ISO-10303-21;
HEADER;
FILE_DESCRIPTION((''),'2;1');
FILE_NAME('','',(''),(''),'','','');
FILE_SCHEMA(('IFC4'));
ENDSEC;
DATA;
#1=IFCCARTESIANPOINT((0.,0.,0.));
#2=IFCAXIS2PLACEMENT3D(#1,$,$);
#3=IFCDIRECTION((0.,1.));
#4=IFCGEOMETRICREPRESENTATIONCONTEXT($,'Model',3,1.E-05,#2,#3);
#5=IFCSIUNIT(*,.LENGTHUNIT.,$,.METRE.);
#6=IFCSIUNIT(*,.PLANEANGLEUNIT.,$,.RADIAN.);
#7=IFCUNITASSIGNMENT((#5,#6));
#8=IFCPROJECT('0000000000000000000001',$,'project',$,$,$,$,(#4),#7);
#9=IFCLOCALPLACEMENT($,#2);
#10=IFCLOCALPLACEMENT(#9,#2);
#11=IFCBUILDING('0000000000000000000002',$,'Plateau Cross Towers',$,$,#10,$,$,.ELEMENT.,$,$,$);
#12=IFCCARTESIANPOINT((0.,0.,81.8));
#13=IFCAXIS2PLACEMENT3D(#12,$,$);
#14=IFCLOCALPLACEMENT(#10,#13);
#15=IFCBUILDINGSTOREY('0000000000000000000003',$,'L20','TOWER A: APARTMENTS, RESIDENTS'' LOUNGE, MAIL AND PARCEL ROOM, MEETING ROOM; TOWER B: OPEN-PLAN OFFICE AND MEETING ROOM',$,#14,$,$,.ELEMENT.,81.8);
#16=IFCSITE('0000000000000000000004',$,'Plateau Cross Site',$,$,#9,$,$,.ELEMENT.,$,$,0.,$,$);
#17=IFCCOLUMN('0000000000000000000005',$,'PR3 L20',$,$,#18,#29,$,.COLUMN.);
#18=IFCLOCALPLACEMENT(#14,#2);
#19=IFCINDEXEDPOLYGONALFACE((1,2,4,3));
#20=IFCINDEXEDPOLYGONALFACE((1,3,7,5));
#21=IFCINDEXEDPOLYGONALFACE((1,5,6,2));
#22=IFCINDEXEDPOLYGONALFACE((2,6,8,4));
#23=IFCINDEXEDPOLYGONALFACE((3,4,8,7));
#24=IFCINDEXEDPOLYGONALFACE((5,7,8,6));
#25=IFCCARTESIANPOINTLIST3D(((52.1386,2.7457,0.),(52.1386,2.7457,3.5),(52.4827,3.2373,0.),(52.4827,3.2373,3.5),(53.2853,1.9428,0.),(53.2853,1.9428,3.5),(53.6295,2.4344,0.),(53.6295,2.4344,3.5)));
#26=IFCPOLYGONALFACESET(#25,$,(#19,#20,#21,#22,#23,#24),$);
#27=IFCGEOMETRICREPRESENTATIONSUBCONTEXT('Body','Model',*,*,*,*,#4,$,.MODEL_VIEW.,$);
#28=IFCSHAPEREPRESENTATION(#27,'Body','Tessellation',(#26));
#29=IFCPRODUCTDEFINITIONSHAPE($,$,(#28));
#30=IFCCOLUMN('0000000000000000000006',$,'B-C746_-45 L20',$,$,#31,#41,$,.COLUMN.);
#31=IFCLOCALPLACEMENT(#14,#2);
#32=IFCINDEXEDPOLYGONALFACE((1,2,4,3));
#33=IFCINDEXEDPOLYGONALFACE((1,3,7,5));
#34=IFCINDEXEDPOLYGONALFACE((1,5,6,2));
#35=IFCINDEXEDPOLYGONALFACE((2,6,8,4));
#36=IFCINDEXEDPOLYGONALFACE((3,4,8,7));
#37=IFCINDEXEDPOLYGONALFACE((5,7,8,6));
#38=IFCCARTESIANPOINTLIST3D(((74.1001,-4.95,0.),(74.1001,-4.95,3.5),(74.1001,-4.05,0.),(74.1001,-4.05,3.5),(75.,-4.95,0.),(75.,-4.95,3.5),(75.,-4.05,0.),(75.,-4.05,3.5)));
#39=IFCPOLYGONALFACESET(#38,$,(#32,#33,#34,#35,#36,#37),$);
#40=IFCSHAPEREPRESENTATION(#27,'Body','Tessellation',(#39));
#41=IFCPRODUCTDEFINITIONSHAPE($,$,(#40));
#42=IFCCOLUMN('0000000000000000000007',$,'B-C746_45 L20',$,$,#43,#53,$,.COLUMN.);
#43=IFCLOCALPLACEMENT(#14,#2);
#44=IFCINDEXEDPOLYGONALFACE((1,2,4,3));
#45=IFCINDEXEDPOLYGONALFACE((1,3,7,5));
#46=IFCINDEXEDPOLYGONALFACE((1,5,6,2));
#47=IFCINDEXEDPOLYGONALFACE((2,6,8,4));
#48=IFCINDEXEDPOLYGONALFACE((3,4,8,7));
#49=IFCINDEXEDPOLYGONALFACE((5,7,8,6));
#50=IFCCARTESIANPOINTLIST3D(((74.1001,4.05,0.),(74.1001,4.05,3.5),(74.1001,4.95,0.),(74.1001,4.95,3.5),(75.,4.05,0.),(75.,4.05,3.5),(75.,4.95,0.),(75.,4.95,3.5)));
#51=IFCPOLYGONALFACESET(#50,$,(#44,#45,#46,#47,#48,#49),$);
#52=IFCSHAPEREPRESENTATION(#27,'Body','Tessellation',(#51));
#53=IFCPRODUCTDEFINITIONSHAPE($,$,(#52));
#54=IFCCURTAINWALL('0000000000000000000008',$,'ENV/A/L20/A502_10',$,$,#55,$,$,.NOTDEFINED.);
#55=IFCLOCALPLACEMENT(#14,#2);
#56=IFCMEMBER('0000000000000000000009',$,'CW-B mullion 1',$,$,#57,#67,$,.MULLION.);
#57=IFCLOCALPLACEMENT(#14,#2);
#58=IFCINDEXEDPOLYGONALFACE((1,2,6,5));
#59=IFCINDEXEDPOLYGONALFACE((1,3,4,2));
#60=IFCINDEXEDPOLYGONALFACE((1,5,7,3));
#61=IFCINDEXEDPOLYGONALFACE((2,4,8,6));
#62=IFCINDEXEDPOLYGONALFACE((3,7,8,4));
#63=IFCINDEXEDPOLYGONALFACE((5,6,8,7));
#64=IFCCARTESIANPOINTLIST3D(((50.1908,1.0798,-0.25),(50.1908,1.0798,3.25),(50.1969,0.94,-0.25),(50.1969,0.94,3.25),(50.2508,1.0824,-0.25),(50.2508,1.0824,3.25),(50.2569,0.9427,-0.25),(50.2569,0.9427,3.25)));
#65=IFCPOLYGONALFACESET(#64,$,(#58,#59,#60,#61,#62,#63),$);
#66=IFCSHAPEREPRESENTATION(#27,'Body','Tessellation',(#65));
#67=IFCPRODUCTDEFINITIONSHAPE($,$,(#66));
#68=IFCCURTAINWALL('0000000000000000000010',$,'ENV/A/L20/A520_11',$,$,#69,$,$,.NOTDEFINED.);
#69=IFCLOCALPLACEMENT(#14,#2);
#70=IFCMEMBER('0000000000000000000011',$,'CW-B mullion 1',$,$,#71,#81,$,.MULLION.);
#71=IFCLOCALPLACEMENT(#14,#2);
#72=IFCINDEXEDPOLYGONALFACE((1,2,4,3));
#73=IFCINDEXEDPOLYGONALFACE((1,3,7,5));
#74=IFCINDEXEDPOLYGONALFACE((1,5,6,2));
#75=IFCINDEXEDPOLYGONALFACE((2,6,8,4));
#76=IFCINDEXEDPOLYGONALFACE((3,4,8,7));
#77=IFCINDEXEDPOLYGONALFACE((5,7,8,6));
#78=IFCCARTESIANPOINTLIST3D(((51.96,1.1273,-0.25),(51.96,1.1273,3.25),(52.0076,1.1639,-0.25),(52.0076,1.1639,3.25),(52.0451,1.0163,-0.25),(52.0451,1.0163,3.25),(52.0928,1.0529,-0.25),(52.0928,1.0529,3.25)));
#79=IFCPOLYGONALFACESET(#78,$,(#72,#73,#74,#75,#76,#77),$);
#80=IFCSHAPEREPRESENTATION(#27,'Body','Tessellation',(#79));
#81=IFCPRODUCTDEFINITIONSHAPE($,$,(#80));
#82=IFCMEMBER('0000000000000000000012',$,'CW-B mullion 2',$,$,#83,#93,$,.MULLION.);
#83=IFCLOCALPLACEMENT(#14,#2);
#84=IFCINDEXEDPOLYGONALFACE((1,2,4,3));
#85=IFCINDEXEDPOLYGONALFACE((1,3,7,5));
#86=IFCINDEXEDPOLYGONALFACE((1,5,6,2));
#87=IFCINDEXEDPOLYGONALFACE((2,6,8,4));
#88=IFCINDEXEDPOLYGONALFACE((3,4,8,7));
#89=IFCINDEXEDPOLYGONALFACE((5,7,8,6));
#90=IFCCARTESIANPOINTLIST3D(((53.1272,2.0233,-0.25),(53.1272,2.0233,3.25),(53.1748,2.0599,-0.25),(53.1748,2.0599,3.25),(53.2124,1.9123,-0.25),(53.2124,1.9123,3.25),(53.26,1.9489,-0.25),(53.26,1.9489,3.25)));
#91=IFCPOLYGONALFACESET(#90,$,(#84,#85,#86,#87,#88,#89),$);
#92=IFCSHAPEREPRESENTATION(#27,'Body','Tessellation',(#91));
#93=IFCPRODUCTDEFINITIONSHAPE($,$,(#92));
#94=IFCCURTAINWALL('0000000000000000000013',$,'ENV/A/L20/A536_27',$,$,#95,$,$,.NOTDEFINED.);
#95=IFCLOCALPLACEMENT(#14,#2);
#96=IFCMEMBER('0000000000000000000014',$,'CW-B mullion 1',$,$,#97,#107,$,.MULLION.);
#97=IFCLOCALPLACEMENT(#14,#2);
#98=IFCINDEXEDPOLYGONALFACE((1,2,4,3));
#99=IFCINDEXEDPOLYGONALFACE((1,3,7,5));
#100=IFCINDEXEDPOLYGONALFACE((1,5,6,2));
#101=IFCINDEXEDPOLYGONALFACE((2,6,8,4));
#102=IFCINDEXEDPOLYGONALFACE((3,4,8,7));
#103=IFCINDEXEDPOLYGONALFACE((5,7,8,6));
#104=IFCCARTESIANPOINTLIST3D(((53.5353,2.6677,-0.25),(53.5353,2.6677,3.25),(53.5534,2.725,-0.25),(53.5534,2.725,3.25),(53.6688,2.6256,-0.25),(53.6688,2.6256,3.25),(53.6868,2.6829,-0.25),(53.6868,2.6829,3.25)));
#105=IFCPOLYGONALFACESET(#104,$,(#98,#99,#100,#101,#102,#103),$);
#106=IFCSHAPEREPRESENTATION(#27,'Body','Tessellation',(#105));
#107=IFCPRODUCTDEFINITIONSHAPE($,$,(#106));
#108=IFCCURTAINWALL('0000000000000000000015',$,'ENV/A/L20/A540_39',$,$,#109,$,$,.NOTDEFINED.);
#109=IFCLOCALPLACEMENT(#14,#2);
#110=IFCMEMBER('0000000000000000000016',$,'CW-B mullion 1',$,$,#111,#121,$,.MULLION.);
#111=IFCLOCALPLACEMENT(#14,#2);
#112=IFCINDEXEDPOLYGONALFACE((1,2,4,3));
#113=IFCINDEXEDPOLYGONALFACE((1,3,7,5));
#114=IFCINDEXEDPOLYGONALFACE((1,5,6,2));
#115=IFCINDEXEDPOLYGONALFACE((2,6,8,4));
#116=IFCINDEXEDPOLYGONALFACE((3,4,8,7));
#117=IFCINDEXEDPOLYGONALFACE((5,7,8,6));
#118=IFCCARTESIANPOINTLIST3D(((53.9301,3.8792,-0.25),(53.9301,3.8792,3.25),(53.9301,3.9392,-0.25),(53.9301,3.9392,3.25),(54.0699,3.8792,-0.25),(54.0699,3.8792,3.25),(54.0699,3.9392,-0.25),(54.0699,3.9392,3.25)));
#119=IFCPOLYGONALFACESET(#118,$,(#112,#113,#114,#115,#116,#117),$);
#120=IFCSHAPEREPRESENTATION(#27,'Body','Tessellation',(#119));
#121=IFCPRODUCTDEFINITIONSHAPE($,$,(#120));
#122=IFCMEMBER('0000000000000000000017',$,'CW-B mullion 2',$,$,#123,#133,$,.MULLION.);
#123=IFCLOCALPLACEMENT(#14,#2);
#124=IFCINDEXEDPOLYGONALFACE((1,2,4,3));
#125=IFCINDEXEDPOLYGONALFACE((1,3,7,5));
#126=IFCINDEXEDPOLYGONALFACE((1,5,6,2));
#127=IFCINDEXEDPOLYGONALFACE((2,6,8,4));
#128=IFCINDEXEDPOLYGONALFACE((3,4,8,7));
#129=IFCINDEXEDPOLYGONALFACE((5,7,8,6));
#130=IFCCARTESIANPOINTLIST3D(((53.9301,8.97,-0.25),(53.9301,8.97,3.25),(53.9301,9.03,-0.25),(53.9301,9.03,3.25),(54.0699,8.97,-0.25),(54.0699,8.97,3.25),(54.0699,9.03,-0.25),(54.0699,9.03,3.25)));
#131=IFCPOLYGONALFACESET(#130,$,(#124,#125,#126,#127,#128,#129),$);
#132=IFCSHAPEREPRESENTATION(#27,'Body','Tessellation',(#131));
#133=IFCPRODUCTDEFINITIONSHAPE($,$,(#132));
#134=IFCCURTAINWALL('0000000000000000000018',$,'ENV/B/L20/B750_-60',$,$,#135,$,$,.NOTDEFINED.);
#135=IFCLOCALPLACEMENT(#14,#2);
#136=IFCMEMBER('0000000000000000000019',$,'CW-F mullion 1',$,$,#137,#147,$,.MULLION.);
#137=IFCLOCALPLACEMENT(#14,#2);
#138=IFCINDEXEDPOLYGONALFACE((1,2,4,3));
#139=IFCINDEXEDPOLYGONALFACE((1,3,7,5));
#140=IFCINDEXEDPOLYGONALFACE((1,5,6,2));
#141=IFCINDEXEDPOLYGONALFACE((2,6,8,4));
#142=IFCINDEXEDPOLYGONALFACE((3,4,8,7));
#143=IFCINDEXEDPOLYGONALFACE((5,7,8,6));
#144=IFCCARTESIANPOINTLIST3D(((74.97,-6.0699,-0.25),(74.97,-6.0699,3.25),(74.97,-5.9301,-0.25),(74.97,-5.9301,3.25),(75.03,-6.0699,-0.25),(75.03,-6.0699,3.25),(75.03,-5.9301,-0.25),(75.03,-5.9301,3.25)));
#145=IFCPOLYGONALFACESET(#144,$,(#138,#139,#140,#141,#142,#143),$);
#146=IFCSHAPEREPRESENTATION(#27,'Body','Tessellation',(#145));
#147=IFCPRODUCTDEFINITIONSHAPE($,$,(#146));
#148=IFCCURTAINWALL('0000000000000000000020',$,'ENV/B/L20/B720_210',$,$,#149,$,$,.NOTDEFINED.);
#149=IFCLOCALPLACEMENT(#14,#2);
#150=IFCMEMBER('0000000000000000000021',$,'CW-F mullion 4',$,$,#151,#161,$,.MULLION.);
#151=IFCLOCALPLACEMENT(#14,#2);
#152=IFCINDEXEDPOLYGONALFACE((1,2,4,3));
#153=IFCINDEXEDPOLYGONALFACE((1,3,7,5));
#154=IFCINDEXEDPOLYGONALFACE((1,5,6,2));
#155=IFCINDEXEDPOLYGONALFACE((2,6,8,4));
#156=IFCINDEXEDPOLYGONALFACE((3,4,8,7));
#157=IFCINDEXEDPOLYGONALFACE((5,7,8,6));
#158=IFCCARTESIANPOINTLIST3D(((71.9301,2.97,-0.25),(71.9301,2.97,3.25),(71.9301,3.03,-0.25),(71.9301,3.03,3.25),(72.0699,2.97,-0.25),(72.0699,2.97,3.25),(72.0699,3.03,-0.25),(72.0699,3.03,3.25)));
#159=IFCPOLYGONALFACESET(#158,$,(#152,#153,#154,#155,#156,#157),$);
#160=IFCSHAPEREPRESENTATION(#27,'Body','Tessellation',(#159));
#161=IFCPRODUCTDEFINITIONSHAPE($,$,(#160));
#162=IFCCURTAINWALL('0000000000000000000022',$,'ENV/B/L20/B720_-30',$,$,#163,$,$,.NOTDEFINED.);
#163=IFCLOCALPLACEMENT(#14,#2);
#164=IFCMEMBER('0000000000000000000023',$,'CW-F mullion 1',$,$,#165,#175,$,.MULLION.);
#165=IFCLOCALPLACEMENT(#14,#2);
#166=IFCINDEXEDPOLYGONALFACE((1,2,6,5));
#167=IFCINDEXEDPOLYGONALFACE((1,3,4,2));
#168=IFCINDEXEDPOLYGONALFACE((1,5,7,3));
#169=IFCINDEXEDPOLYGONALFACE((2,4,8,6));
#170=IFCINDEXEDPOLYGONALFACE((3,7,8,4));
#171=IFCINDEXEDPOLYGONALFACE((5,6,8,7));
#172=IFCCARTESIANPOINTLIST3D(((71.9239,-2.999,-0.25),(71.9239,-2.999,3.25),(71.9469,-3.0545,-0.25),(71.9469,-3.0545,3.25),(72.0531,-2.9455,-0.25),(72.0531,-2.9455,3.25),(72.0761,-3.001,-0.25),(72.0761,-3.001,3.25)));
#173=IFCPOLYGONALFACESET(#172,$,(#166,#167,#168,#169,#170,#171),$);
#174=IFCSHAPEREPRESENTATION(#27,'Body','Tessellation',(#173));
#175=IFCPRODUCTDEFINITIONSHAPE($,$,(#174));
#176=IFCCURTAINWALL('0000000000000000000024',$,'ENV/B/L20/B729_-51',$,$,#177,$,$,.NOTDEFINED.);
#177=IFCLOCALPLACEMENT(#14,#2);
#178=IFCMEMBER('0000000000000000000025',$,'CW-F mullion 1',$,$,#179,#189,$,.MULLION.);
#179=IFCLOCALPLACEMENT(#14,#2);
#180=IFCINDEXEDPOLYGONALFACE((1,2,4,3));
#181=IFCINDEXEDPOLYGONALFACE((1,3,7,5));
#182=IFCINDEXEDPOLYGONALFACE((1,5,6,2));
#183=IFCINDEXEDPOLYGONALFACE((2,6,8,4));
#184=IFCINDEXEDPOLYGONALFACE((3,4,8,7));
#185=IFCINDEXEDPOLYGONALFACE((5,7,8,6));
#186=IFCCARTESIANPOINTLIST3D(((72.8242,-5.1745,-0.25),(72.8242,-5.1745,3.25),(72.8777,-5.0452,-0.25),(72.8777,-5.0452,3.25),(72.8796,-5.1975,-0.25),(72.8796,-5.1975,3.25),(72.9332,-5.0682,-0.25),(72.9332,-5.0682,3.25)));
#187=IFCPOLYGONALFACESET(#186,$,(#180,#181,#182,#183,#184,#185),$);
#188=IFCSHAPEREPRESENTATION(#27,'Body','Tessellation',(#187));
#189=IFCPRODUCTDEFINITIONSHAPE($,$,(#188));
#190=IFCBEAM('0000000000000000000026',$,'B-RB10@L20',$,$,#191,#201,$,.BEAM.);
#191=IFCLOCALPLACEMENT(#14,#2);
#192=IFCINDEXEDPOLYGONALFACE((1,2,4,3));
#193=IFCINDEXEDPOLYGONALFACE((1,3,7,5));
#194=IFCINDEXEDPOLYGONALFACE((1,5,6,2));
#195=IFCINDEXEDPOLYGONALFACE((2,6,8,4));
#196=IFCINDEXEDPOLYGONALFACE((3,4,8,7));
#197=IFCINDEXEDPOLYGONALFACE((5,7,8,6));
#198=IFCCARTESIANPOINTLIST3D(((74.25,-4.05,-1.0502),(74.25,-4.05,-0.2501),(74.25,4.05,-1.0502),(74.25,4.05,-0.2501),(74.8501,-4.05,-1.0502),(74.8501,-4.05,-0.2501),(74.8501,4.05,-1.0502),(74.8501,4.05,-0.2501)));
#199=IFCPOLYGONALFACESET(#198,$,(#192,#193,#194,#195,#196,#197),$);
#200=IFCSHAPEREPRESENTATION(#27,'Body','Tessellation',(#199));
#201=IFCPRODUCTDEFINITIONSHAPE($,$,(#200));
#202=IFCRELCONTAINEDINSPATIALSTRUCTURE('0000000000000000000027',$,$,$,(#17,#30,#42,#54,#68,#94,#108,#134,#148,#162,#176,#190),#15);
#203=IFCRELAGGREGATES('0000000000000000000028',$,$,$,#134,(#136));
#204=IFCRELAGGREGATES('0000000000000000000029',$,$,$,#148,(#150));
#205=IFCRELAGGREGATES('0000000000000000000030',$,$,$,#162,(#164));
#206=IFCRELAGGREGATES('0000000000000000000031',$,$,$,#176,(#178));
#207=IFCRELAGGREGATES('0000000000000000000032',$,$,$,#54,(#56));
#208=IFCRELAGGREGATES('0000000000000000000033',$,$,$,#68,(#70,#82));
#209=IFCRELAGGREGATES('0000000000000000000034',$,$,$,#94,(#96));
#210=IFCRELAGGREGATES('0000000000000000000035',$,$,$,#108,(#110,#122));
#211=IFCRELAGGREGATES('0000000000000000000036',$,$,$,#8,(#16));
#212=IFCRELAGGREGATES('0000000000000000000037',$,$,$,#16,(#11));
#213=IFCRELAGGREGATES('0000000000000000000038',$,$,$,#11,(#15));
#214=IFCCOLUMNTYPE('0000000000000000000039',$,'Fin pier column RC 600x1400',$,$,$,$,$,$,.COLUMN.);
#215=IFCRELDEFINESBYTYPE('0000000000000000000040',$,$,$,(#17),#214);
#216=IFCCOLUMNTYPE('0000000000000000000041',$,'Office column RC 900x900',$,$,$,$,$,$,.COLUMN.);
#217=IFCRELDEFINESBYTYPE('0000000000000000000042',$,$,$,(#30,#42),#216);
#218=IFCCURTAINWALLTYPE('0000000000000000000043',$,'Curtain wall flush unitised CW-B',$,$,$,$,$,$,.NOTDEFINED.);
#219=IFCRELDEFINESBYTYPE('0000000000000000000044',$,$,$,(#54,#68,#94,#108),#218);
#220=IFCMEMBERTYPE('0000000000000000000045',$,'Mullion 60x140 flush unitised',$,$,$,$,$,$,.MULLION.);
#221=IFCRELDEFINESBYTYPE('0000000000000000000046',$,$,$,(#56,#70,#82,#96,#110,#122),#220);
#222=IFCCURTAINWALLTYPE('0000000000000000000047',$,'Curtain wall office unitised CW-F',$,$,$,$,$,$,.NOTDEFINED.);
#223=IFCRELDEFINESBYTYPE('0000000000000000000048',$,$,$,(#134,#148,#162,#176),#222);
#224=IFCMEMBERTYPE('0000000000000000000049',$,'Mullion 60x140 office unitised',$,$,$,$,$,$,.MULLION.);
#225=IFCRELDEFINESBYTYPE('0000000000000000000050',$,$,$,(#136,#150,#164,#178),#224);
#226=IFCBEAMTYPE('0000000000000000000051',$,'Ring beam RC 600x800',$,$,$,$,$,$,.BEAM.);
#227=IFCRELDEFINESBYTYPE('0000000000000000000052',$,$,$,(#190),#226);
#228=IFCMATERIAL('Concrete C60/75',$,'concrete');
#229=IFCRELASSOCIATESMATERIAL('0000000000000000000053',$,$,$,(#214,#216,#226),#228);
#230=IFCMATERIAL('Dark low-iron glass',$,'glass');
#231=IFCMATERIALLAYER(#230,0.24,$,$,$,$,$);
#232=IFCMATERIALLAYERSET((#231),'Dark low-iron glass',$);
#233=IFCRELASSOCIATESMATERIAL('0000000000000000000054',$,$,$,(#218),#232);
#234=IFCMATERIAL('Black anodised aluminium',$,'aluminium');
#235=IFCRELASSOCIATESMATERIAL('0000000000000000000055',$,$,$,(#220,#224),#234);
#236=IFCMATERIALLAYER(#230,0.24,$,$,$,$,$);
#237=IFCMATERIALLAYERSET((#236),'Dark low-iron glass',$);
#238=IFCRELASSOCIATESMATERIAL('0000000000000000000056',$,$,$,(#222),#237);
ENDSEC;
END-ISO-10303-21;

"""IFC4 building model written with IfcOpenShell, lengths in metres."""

from ifc_helpers import new_model, si_unit, direction, frame, origin, origin_2d, place, context, subcontext, project, spatial, rectangle, extrude, material, layer, layer_set, material_profile, profile_set, type_object, element, aggregate, save


model = new_model("IFC4")

# Units and contexts
model_context = context("Model", 3, precision=1e-05, world=origin(), true_north=direction((0.0, 1.0)))
body_context = subcontext(model_context, "Body", "Model", "MODEL_VIEW")
ifc_project = project(units=[si_unit("LENGTHUNIT", "METRE"), si_unit("PLANEANGLEUNIT", "RADIAN")], contexts=[model_context])

# Site, building, storey
site_placement = place(None, origin())
site = spatial("IfcSite", under=ifc_project, at=site_placement, Name="Plateau Cross Site", CompositionType="ELEMENT", RefElevation=0.0)
building_placement = place(site_placement, origin())
building = spatial("IfcBuilding", under=site, at=building_placement, Name="Plateau Cross Towers", CompositionType="ELEMENT")
storey_placement = place(building_placement, frame((0.0, 0.0, 81.8)))
storey = spatial("IfcBuildingStorey", under=building, at=storey_placement, Name="L20", Description="TOWER A: APARTMENTS, RESIDENTS' LOUNGE, MAIL AND PARCEL ROOM, MEETING ROOM; TOWER B: OPEN-PLAN OFFICE AND MEETING ROOM", CompositionType="ELEMENT", Elevation=81.8)

# Columns
ifc_material_1 = material(Name="Concrete C60/75", Category="concrete")
ifc_material_profile_1 = material_profile(ifc_material_1, rectangle(XDim=0.6001, YDim=1.3999, at=origin_2d()), Name="RC 600x1400")
ifc_profile_set_1 = profile_set([ifc_material_profile_1], Name="Concrete C60/75")
column_type_1 = type_object("IfcColumnType", Name="Fin pier column RC 600x1400", PredefinedType="COLUMN", material=ifc_profile_set_1)
column_placement = place(storey_placement, frame((52.884, 2.5901, 0.0), z_axis=(0.0, 0.0, 1.0), x_axis=(0.573543, 0.819176, 0.0)))
element("IfcColumn", 1, at=column_placement, inside=storey, type_object=column_type_1, Name="PR3 L20", PredefinedType="COLUMN", context=body_context, shape_type="SweptSolid", body=[
    extrude(rectangle(XDim=0.6001, YDim=1.3999, at=origin_2d()), origin(), (0.0, 0.0, 1.0), 3.5),
])
ifc_material_profile_2 = material_profile(ifc_material_1, rectangle(XDim=0.8999, YDim=0.8999, at=origin_2d()), Name="RC 900x900")
ifc_profile_set_2 = profile_set([ifc_material_profile_2], Name="Concrete C60/75")
column_type_2 = type_object("IfcColumnType", Name="Office column RC 900x900", PredefinedType="COLUMN", material=ifc_profile_set_2)
for number, where, z_axis, x_axis, name in (
    (2, (74.55, -4.5, 0.0), (0.0, 0.0, 1.0), (1.0, 0.0, 0.0), "B-C746_-45 L20"),
    (3, (74.55, 4.5, 0.0), (0.0, 0.0, 1.0), (1.0, 0.0, 0.0), "B-C746_45 L20"),
):
    element("IfcColumn", number, at=place(storey_placement, frame(where, z_axis=z_axis, x_axis=x_axis)), inside=storey, type_object=column_type_2, Name=name, PredefinedType="COLUMN", context=body_context, shape_type="SweptSolid", body=[
        extrude(rectangle(XDim=0.8999, YDim=0.8999, at=origin_2d()), origin(), (0.0, 0.0, 1.0), 3.5),
    ])

# Curtain wall, member
ifc_material_2 = material(Name="Dark low-iron glass", Category="glass")
ifc_layer_1 = layer(ifc_material_2, 0.24)
ifc_layer_set_1 = layer_set([ifc_layer_1], Name="Dark low-iron glass")
curtain_wall_type_1 = type_object("IfcCurtainWallType", Name="Curtain wall flush unitised CW-B", PredefinedType="NOTDEFINED", material=ifc_layer_set_1)
curtain_wall_1_placement = place(storey_placement, origin())
curtain_wall_1 = element("IfcCurtainWall", 4, at=curtain_wall_1_placement, inside=storey, type_object=curtain_wall_type_1, Name="ENV/A/L20/A502_10", PredefinedType="NOTDEFINED")
ifc_material_3 = material(Name="Black anodised aluminium", Category="aluminium")
ifc_material_profile_3 = material_profile(ifc_material_3, rectangle(XDim=0.0601, YDim=0.1399, at=origin_2d()), Name="MULLION 60x140")
ifc_profile_set_3 = profile_set([ifc_material_profile_3], Name="Black anodised aluminium")
member_type_1 = type_object("IfcMemberType", Name="Mullion 60x140 flush unitised", PredefinedType="MULLION", material=ifc_profile_set_3)
member_1_placement = place(storey_placement, frame((50.2239, 1.0112, -0.25), z_axis=(0.0, 0.0, 1.0), x_axis=(0.999044, 0.043723, 0.0)))
member_1 = element("IfcMember", 5, at=member_1_placement, type_object=member_type_1, Name="CW-B mullion 1", PredefinedType="MULLION", context=body_context, shape_type="SweptSolid", body=[
    extrude(rectangle(XDim=0.0601, YDim=0.1399, at=origin_2d()), origin(), (0.0, 0.0, 1.0), 3.5),
])

# Curtain wall, members
curtain_wall_2_placement = place(storey_placement, origin())
curtain_wall_2 = element("IfcCurtainWall", 6, at=curtain_wall_2_placement, inside=storey, type_object=curtain_wall_type_1, Name="ENV/A/L20/A520_11", PredefinedType="NOTDEFINED")
member_2_placement = place(storey_placement, frame((52.0264, 1.0901, -0.25), z_axis=(0.0, 0.0, 1.0), x_axis=(0.793316, 0.608811, 0.0)))
member_2 = element("IfcMember", 7, at=member_2_placement, type_object=member_type_1, Name="CW-B mullion 1", PredefinedType="MULLION", context=body_context, shape_type="SweptSolid", body=[
    extrude(rectangle(XDim=0.0601, YDim=0.1399, at=origin_2d()), origin(), (0.0, 0.0, 1.0), 3.5),
])
member_3_placement = place(storey_placement, frame((53.1936, 1.9861, -0.25), z_axis=(0.0, 0.0, 1.0), x_axis=(0.793316, 0.608811, 0.0)))
member_3 = element("IfcMember", 8, at=member_3_placement, type_object=member_type_1, Name="CW-B mullion 2", PredefinedType="MULLION", context=body_context, shape_type="SweptSolid", body=[
    extrude(rectangle(XDim=0.0601, YDim=0.1399, at=origin_2d()), origin(), (0.0, 0.0, 1.0), 3.5),
])

# Curtain wall, member
curtain_wall_3_placement = place(storey_placement, origin())
curtain_wall_3 = element("IfcCurtainWall", 9, at=curtain_wall_3_placement, inside=storey, type_object=curtain_wall_type_1, Name="ENV/A/L20/A536_27", PredefinedType="NOTDEFINED")
member_4_placement = place(storey_placement, frame((53.6111, 2.6753, -0.25), z_axis=(0.0, 0.0, 1.0), x_axis=(0.300686, 0.953723, 0.0)))
member_4 = element("IfcMember", 10, at=member_4_placement, type_object=member_type_1, Name="CW-B mullion 1", PredefinedType="MULLION", context=body_context, shape_type="SweptSolid", body=[
    extrude(rectangle(XDim=0.0601, YDim=0.1399, at=origin_2d()), origin(), (0.0, 0.0, 1.0), 3.5),
])

# Curtain wall, members
curtain_wall_4_placement = place(storey_placement, origin())
curtain_wall_4 = element("IfcCurtainWall", 11, at=curtain_wall_4_placement, inside=storey, type_object=curtain_wall_type_1, Name="ENV/A/L20/A540_39", PredefinedType="NOTDEFINED")
member_5_placement = place(storey_placement, frame((54.0, 3.9092, -0.25), z_axis=(0.0, 0.0, 1.0), x_axis=(0.0, 1.0, 0.0)))
member_5 = element("IfcMember", 12, at=member_5_placement, type_object=member_type_1, Name="CW-B mullion 1", PredefinedType="MULLION", context=body_context, shape_type="SweptSolid", body=[
    extrude(rectangle(XDim=0.0601, YDim=0.1399, at=origin_2d()), origin(), (0.0, 0.0, 1.0), 3.5),
])
member_6_placement = place(storey_placement, frame((54.0, 9.0, -0.25), z_axis=(0.0, 0.0, 1.0), x_axis=(0.0, 1.0, 0.0)))
member_6 = element("IfcMember", 13, at=member_6_placement, type_object=member_type_1, Name="CW-B mullion 2", PredefinedType="MULLION", context=body_context, shape_type="SweptSolid", body=[
    extrude(rectangle(XDim=0.0601, YDim=0.1399, at=origin_2d()), origin(), (0.0, 0.0, 1.0), 3.5),
])

# Curtain walls, members
ifc_layer_2 = layer(ifc_material_2, 0.24)
ifc_layer_set_2 = layer_set([ifc_layer_2], Name="Dark low-iron glass")
curtain_wall_type_2 = type_object("IfcCurtainWallType", Name="Curtain wall office unitised CW-F", PredefinedType="NOTDEFINED", material=ifc_layer_set_2)
curtain_wall_5_placement = place(storey_placement, origin())
curtain_wall_5 = element("IfcCurtainWall", 14, at=curtain_wall_5_placement, inside=storey, type_object=curtain_wall_type_2, Name="ENV/B/L20/B750_-60", PredefinedType="NOTDEFINED")
ifc_material_profile_4 = material_profile(ifc_material_3, rectangle(XDim=0.0601, YDim=0.1399, at=origin_2d()), Name="MULLION 60x140")
ifc_profile_set_4 = profile_set([ifc_material_profile_4], Name="Black anodised aluminium")
member_type_2 = type_object("IfcMemberType", Name="Mullion 60x140 office unitised", PredefinedType="MULLION", material=ifc_profile_set_4)
member_7_placement = place(storey_placement, frame((75.0, -6.0, -0.25), z_axis=(0.0, 0.0, 1.0), x_axis=(1.0, 0.0, 0.0)))
member_7 = element("IfcMember", 15, at=member_7_placement, type_object=member_type_2, Name="CW-F mullion 1", PredefinedType="MULLION", context=body_context, shape_type="SweptSolid", body=[
    extrude(rectangle(XDim=0.0601, YDim=0.1399, at=origin_2d()), origin(), (0.0, 0.0, 1.0), 3.5),
])
curtain_wall_6_placement = place(storey_placement, origin())
curtain_wall_6 = element("IfcCurtainWall", 16, at=curtain_wall_6_placement, inside=storey, type_object=curtain_wall_type_2, Name="ENV/B/L20/B720_210", PredefinedType="NOTDEFINED")
member_8_placement = place(storey_placement, frame((72.0, 3.0, -0.25), z_axis=(0.0, 0.0, 1.0), x_axis=(0.0, -1.0, 0.0)))
member_8 = element("IfcMember", 17, at=member_8_placement, type_object=member_type_2, Name="CW-F mullion 4", PredefinedType="MULLION", context=body_context, shape_type="SweptSolid", body=[
    extrude(rectangle(XDim=0.0601, YDim=0.1399, at=origin_2d()), origin(), (0.0, 0.0, 1.0), 3.5),
])
curtain_wall_7_placement = place(storey_placement, origin())
curtain_wall_7 = element("IfcCurtainWall", 18, at=curtain_wall_7_placement, inside=storey, type_object=curtain_wall_type_2, Name="ENV/B/L20/B720_-30", PredefinedType="NOTDEFINED")
member_9_placement = place(storey_placement, frame((72.0, -3.0, -0.25), z_axis=(0.0, 0.0, 1.0), x_axis=(0.382684, -0.923879, 0.0)))
member_9 = element("IfcMember", 19, at=member_9_placement, type_object=member_type_2, Name="CW-F mullion 1", PredefinedType="MULLION", context=body_context, shape_type="SweptSolid", body=[
    extrude(rectangle(XDim=0.0601, YDim=0.1399, at=origin_2d()), origin(), (0.0, 0.0, 1.0), 3.5),
])
curtain_wall_8_placement = place(storey_placement, origin())
curtain_wall_8 = element("IfcCurtainWall", 20, at=curtain_wall_8_placement, inside=storey, type_object=curtain_wall_type_2, Name="ENV/B/L20/B729_-51", PredefinedType="NOTDEFINED")
member_10_placement = place(storey_placement, frame((72.8787, -5.1213, -0.25), z_axis=(0.0, 0.0, 1.0), x_axis=(0.923879, -0.382684, 0.0)))
member_10 = element("IfcMember", 21, at=member_10_placement, type_object=member_type_2, Name="CW-F mullion 1", PredefinedType="MULLION", context=body_context, shape_type="SweptSolid", body=[
    extrude(rectangle(XDim=0.0601, YDim=0.1399, at=origin_2d()), origin(), (0.0, 0.0, 1.0), 3.5),
])

# Beam
ifc_material_profile_5 = material_profile(ifc_material_1, rectangle(XDim=0.6001, YDim=0.8, at=origin_2d()), Name="RC 600x800")
ifc_profile_set_5 = profile_set([ifc_material_profile_5], Name="Concrete C60/75")
beam_type = type_object("IfcBeamType", Name="Ring beam RC 600x800", PredefinedType="BEAM", material=ifc_profile_set_5)
beam_placement = place(storey_placement, frame((74.55, 4.05, -0.6501), z_axis=(0.0, -1.0, 0.0), x_axis=(1.0, 0.0, 0.0)))
element("IfcBeam", 22, at=beam_placement, inside=storey, type_object=beam_type, Name="B-RB10@L20", PredefinedType="BEAM", context=body_context, shape_type="SweptSolid", body=[
    extrude(rectangle(XDim=0.6001, YDim=0.8, at=origin_2d()), origin(), (0.0, 0.0, 1.0), 8.1001),
])

aggregate(curtain_wall_5, [member_7])

aggregate(curtain_wall_6, [member_8])
aggregate(curtain_wall_7, [member_9])
aggregate(curtain_wall_8, [member_10])
aggregate(curtain_wall_1, [member_1])
aggregate(curtain_wall_2, [member_2, member_3])
aggregate(curtain_wall_3, [member_4])
aggregate(curtain_wall_4, [member_5, member_6])

save(model, "model.ifc")
